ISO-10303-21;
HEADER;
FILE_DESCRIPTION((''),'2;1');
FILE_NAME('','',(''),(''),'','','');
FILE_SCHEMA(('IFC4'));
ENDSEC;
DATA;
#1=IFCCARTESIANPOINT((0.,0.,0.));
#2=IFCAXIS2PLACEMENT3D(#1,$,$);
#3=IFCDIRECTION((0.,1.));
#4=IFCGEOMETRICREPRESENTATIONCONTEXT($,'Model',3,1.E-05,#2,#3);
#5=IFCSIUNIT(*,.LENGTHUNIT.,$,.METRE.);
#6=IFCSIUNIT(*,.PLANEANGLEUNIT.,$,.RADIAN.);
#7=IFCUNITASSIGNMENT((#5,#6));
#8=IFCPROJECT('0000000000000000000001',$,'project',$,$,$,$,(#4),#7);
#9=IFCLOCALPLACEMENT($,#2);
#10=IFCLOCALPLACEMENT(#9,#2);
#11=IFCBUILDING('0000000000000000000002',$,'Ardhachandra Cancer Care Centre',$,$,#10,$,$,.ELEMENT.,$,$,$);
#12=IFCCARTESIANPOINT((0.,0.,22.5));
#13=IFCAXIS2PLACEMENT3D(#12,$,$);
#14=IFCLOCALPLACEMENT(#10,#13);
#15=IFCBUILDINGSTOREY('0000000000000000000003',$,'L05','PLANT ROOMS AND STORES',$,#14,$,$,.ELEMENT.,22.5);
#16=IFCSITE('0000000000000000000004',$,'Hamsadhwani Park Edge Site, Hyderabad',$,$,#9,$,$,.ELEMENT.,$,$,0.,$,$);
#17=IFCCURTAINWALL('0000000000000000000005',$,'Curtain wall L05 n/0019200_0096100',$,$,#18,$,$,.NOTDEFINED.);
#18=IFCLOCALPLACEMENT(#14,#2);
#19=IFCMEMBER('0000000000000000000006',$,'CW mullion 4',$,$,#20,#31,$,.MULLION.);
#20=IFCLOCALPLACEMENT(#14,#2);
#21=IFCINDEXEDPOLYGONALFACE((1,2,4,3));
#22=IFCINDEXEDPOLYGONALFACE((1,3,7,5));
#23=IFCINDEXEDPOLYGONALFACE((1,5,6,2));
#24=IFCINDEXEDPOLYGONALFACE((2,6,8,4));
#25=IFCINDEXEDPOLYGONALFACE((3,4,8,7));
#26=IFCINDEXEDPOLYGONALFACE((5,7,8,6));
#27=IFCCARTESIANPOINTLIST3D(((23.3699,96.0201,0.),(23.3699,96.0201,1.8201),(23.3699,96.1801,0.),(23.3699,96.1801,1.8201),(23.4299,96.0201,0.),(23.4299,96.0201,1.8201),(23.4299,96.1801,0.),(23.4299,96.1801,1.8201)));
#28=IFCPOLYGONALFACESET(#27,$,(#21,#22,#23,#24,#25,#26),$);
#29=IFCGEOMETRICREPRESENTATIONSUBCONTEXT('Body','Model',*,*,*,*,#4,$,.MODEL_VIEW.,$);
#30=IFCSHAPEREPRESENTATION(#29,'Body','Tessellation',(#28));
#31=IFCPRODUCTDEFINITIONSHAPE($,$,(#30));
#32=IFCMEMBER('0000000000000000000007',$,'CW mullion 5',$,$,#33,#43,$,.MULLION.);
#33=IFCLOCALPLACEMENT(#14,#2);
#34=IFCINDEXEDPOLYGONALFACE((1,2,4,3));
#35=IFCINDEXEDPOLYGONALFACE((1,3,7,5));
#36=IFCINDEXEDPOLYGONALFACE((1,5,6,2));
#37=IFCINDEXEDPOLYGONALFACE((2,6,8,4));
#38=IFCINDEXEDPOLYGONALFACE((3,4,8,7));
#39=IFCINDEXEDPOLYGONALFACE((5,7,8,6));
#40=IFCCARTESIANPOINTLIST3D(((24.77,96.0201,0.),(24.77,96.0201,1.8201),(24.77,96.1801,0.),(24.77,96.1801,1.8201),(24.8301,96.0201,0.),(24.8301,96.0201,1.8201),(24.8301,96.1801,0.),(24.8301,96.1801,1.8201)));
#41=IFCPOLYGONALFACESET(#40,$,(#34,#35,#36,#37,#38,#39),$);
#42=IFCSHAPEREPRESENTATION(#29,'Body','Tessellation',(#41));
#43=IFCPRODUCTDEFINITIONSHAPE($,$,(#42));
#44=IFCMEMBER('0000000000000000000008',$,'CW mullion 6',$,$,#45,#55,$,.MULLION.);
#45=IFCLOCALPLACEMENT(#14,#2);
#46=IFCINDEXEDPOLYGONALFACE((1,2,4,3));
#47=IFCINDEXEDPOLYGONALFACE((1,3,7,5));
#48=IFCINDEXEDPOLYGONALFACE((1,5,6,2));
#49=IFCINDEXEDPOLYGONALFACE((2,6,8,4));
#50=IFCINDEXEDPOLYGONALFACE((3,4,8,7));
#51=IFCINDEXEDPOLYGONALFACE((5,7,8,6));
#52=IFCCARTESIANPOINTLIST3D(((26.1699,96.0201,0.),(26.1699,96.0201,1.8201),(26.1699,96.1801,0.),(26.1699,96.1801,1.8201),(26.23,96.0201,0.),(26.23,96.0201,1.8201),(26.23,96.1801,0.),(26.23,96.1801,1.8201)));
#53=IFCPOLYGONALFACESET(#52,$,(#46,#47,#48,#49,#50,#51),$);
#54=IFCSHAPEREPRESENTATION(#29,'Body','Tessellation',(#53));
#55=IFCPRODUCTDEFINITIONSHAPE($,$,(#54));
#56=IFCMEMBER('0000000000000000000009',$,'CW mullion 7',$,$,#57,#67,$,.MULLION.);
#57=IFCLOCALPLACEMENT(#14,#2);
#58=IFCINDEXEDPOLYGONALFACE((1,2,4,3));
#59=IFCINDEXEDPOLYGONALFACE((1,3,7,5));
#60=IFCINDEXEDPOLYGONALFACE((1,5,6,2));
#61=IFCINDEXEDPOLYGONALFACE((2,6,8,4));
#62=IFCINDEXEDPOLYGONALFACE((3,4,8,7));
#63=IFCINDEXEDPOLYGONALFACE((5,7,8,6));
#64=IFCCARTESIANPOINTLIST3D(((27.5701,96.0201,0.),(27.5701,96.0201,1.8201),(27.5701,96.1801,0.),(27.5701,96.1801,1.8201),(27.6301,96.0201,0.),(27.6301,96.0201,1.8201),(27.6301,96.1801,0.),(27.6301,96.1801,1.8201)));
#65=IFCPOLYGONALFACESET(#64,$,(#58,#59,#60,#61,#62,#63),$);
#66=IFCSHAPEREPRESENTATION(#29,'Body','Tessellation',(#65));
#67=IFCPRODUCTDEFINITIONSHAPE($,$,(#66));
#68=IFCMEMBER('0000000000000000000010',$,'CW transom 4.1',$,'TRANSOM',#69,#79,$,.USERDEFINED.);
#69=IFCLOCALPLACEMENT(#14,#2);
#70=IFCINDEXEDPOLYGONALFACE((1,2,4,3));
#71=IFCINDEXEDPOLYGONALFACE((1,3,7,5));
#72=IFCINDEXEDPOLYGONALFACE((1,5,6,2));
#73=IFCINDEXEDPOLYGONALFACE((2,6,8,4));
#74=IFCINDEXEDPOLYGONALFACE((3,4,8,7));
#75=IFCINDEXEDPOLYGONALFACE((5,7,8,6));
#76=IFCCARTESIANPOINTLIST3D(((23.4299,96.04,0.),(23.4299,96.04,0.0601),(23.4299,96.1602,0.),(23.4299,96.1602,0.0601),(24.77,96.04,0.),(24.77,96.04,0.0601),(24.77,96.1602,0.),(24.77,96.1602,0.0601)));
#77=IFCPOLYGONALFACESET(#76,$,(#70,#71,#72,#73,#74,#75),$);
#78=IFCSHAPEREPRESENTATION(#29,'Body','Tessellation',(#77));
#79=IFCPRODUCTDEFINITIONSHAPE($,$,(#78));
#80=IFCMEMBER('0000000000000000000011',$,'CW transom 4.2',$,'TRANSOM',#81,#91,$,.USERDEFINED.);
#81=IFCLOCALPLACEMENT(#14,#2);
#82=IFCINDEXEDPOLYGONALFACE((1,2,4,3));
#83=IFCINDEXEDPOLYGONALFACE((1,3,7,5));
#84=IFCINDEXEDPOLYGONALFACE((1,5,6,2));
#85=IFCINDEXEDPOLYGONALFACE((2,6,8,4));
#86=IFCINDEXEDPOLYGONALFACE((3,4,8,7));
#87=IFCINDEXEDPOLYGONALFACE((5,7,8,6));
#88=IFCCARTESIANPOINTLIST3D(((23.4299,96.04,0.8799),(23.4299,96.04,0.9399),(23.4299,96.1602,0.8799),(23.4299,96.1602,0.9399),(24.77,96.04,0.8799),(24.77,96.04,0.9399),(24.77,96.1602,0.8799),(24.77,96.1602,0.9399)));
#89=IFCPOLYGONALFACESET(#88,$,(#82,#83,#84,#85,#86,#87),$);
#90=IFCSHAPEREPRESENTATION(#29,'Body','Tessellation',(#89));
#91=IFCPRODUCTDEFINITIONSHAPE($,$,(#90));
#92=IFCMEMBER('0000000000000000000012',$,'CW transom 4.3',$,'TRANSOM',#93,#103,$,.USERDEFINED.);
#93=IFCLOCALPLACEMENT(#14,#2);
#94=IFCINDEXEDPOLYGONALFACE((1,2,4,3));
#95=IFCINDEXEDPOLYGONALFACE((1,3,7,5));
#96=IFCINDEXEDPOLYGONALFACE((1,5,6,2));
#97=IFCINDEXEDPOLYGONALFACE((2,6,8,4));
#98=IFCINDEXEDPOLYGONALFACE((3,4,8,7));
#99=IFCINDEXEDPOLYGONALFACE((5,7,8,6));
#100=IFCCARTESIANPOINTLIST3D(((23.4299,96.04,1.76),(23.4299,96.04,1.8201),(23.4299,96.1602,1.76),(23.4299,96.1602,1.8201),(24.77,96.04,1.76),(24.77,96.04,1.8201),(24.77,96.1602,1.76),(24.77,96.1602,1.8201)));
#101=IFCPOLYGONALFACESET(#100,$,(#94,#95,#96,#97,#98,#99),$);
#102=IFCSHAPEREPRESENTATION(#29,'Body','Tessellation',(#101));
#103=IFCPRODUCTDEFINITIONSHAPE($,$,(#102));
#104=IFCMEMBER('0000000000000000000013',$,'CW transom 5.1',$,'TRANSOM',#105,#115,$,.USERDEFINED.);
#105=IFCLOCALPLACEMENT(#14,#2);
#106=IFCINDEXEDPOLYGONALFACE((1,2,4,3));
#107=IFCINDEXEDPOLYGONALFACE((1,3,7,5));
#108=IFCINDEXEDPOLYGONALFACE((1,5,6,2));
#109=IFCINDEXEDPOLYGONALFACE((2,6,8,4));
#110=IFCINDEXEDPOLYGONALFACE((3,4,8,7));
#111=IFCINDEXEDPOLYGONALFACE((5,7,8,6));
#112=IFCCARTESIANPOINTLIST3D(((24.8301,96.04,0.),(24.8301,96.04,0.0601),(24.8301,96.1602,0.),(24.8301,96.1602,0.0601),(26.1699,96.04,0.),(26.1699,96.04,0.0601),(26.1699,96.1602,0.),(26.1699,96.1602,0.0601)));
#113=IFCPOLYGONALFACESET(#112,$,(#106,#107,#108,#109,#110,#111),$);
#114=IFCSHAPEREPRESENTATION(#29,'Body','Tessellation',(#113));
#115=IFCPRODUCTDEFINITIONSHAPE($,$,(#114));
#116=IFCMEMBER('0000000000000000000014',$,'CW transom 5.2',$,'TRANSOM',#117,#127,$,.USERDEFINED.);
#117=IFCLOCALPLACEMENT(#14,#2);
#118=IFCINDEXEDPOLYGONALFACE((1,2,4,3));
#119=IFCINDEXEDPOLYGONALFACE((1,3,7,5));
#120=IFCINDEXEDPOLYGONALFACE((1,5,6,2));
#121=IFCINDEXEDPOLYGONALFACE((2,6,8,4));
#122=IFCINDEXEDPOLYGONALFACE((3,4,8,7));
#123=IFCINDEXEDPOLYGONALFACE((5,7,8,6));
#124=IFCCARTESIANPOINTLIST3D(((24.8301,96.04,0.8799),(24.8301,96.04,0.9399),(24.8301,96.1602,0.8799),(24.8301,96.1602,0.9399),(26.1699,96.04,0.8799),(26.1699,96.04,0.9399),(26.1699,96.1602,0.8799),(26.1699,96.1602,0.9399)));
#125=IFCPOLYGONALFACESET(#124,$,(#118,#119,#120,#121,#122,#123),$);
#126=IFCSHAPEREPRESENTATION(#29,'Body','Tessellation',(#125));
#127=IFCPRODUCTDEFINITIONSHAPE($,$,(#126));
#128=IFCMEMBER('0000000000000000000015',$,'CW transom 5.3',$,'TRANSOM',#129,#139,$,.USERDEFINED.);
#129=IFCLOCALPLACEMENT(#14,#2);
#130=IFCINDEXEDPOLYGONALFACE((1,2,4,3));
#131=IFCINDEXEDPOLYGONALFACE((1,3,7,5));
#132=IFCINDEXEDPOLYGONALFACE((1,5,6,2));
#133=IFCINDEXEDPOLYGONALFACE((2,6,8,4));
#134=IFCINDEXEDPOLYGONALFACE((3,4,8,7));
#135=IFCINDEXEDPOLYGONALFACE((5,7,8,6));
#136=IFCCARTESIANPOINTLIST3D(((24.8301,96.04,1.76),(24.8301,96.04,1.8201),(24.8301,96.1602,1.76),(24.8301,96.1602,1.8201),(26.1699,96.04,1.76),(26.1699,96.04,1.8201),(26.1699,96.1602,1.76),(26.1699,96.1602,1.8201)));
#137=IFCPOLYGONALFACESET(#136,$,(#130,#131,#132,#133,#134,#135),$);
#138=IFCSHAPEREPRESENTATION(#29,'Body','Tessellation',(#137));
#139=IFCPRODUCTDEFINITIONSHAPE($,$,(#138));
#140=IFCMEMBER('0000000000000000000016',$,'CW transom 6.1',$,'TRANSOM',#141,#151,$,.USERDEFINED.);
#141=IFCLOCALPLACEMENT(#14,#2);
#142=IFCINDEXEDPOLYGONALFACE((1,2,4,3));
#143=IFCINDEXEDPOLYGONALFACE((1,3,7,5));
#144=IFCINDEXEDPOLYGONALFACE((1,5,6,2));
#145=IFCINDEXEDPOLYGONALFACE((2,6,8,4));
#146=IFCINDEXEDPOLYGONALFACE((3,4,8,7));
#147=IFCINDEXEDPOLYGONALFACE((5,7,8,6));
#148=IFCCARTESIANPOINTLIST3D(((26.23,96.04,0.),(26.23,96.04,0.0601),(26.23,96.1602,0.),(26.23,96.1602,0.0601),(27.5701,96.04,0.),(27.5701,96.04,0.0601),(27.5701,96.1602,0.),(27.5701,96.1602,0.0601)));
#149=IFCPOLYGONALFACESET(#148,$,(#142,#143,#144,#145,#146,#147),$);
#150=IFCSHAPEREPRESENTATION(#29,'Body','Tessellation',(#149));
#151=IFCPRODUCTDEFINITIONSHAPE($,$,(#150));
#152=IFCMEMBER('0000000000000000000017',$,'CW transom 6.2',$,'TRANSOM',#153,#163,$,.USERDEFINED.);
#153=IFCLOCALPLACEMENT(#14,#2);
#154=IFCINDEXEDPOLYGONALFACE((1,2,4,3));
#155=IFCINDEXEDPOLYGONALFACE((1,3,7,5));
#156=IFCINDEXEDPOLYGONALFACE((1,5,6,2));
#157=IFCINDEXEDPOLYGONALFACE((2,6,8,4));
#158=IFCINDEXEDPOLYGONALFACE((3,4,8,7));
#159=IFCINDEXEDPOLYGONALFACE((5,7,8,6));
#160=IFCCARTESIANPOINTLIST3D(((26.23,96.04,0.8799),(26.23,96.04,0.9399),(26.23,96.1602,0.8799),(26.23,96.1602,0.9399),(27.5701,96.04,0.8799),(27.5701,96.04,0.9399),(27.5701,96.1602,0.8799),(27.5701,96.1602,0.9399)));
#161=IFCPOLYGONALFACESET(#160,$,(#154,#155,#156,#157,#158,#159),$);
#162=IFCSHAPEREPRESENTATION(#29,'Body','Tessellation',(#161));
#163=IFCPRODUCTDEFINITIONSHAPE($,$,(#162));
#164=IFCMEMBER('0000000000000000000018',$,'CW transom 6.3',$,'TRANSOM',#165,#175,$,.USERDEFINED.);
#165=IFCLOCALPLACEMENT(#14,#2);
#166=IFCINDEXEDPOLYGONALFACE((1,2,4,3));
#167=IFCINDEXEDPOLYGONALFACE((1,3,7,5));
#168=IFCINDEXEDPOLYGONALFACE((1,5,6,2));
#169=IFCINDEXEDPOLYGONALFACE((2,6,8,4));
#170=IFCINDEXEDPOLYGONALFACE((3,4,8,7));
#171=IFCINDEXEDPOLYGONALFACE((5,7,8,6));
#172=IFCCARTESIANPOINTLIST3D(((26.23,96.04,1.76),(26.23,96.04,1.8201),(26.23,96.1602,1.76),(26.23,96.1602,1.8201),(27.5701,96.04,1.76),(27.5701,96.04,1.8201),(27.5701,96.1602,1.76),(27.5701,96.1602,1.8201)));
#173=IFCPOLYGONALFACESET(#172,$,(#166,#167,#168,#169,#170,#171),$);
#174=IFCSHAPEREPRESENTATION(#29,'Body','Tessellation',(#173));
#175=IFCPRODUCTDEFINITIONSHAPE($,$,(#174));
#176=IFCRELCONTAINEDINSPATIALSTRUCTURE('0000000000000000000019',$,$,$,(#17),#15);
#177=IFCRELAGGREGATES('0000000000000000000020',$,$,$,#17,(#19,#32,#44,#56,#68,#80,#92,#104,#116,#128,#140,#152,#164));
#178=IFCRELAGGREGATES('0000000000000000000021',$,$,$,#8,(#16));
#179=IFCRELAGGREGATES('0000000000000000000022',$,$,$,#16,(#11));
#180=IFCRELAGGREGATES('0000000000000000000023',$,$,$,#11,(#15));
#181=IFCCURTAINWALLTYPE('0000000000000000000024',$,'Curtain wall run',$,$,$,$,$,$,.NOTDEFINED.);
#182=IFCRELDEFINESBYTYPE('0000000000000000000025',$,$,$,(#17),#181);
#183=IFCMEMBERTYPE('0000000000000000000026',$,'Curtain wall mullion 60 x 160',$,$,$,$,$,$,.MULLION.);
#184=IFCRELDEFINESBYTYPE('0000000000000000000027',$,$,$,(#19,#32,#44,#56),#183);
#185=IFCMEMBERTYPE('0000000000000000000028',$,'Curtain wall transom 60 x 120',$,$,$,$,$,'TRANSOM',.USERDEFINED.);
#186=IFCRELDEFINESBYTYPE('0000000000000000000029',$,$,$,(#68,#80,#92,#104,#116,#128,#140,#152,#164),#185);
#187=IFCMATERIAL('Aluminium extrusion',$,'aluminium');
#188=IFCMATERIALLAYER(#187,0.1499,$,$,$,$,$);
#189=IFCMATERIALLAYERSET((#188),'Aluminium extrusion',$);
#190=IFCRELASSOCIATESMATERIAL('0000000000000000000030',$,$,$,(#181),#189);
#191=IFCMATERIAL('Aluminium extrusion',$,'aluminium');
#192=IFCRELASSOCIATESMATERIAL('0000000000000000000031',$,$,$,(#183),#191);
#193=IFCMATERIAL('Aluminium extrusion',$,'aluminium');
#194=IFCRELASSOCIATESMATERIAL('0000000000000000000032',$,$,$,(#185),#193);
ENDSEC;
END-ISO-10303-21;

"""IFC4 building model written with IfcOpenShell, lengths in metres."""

from ifc_helpers import new_model, si_unit, direction, frame, origin, origin_2d, place, context, subcontext, project, spatial, rectangle, extrude, material, layer, layer_set, material_profile, profile_set, type_object, element, aggregate, save


model = new_model("IFC4")

# Units and contexts
model_context = context("Model", 3, precision=1e-05, world=origin(), true_north=direction((0.0, 1.0)))
body_context = subcontext(model_context, "Body", "Model", "MODEL_VIEW")
ifc_project = project(units=[si_unit("LENGTHUNIT", "METRE"), si_unit("PLANEANGLEUNIT", "RADIAN")], contexts=[model_context])

# Site, building, storey
site_placement = place(None, origin())
site = spatial("IfcSite", under=ifc_project, at=site_placement, Name="Hamsadhwani Park Edge Site, Hyderabad", CompositionType="ELEMENT", RefElevation=0.0)
building_placement = place(site_placement, origin())
building = spatial("IfcBuilding", under=site, at=building_placement, Name="Ardhachandra Cancer Care Centre", CompositionType="ELEMENT")
storey_placement = place(building_placement, frame((0.0, 0.0, 22.5)))
storey = spatial("IfcBuildingStorey", under=building, at=storey_placement, Name="L05", Description="PLANT ROOMS AND STORES", CompositionType="ELEMENT", Elevation=22.5)

# Curtain wall, members
ifc_material_1 = material(Name="Aluminium extrusion", Category="aluminium")
ifc_layer_1 = layer(ifc_material_1, 0.1499)
ifc_layer_set_1 = layer_set([ifc_layer_1], Name="Aluminium extrusion")
curtain_wall_type = type_object("IfcCurtainWallType", Name="Curtain wall run", PredefinedType="NOTDEFINED", material=ifc_layer_set_1)
curtain_wall_placement = place(storey_placement, origin())
curtain_wall = element("IfcCurtainWall", 1, at=curtain_wall_placement, inside=storey, type_object=curtain_wall_type, Name="Curtain wall L05 n/0019200_0096100", PredefinedType="NOTDEFINED")
ifc_material_2 = material(Name="Aluminium extrusion", Category="aluminium")
ifc_material_profile_1 = material_profile(ifc_material_2, rectangle(XDim=0.1599, YDim=0.0601, at=origin_2d()), Name="Curtain wall mullion 60 x 160")
ifc_profile_set_1 = profile_set([ifc_material_profile_1], Name="Aluminium extrusion")
member_type_1 = type_object("IfcMemberType", Name="Curtain wall mullion 60 x 160", PredefinedType="MULLION", material=ifc_profile_set_1)
member_1_placement = place(storey_placement, frame((23.3999, 96.1001, 0.0), z_axis=(0.0, 0.0, 1.0), x_axis=(0.0, 1.0, 0.0)))
member_1 = element("IfcMember", 2, at=member_1_placement, type_object=member_type_1, Name="CW mullion 4", PredefinedType="MULLION", context=body_context, shape_type="SweptSolid", body=[
    extrude(rectangle(XDim=0.1599, YDim=0.0601, at=origin_2d()), origin(), (0.0, 0.0, 1.0), 1.8201),
])
member_2_placement = place(storey_placement, frame((24.8, 96.1001, 0.0), z_axis=(0.0, 0.0, 1.0), x_axis=(0.0, 1.0, 0.0)))
member_2 = element("IfcMember", 3, at=member_2_placement, type_object=member_type_1, Name="CW mullion 5", PredefinedType="MULLION", context=body_context, shape_type="SweptSolid", body=[
    extrude(rectangle(XDim=0.1599, YDim=0.0601, at=origin_2d()), origin(), (0.0, 0.0, 1.0), 1.8201),
])
member_3_placement = place(storey_placement, frame((26.2, 96.1001, 0.0), z_axis=(0.0, 0.0, 1.0), x_axis=(0.0, 1.0, 0.0)))
member_3 = element("IfcMember", 4, at=member_3_placement, type_object=member_type_1, Name="CW mullion 6", PredefinedType="MULLION", context=body_context, shape_type="SweptSolid", body=[
    extrude(rectangle(XDim=0.1599, YDim=0.0601, at=origin_2d()), origin(), (0.0, 0.0, 1.0), 1.8201),
])
member_4_placement = place(storey_placement, frame((27.6001, 96.1001, 0.0), z_axis=(0.0, 0.0, 1.0), x_axis=(0.0, 1.0, 0.0)))
member_4 = element("IfcMember", 5, at=member_4_placement, type_object=member_type_1, Name="CW mullion 7", PredefinedType="MULLION", context=body_context, shape_type="SweptSolid", body=[
    extrude(rectangle(XDim=0.1599, YDim=0.0601, at=origin_2d()), origin(), (0.0, 0.0, 1.0), 1.8201),
])
ifc_material_3 = material(Name="Aluminium extrusion", Category="aluminium")
ifc_material_profile_2 = material_profile(ifc_material_3, rectangle(XDim=0.1201, YDim=0.0601, at=origin_2d()), Name="Curtain wall transom 60 x 120")
ifc_profile_set_2 = profile_set([ifc_material_profile_2], Name="Aluminium extrusion")
member_type_2 = type_object("IfcMemberType", Name="Curtain wall transom 60 x 120", ElementType="TRANSOM", PredefinedType="USERDEFINED", material=ifc_profile_set_2)
member_5_placement = place(storey_placement, frame((23.4299, 96.1001, 0.03), z_axis=(1.0, 0.0, 0.0), x_axis=(0.0, 1.0, 0.0)))
member_5 = element("IfcMember", 6, at=member_5_placement, type_object=member_type_2, Name="CW transom 4.1", ObjectType="TRANSOM", PredefinedType="USERDEFINED", context=body_context, shape_type="SweptSolid", body=[
    extrude(rectangle(XDim=0.1201, YDim=0.0601, at=origin_2d()), origin(), (0.0, 0.0, 1.0), 1.3401),
])
member_6_placement = place(storey_placement, frame((23.4299, 96.1001, 0.9099), z_axis=(1.0, 0.0, 0.0), x_axis=(0.0, 1.0, 0.0)))
member_6 = element("IfcMember", 7, at=member_6_placement, type_object=member_type_2, Name="CW transom 4.2", ObjectType="TRANSOM", PredefinedType="USERDEFINED", context=body_context, shape_type="SweptSolid", body=[
    extrude(rectangle(XDim=0.1201, YDim=0.0601, at=origin_2d()), origin(), (0.0, 0.0, 1.0), 1.3401),
])
member_7_placement = place(storey_placement, frame((23.4299, 96.1001, 1.79), z_axis=(1.0, 0.0, 0.0), x_axis=(0.0, 1.0, 0.0)))
member_7 = element("IfcMember", 8, at=member_7_placement, type_object=member_type_2, Name="CW transom 4.3", ObjectType="TRANSOM", PredefinedType="USERDEFINED", context=body_context, shape_type="SweptSolid", body=[
    extrude(rectangle(XDim=0.1201, YDim=0.0601, at=origin_2d()), origin(), (0.0, 0.0, 1.0), 1.3401),
])
member_8_placement = place(storey_placement, frame((24.8301, 96.1001, 0.03), z_axis=(1.0, 0.0, 0.0), x_axis=(0.0, 1.0, 0.0)))
member_8 = element("IfcMember", 9, at=member_8_placement, type_object=member_type_2, Name="CW transom 5.1", ObjectType="TRANSOM", PredefinedType="USERDEFINED", context=body_context, shape_type="SweptSolid", body=[
    extrude(rectangle(XDim=0.1201, YDim=0.0601, at=origin_2d()), origin(), (0.0, 0.0, 1.0), 1.3398),
])
member_9_placement = place(storey_placement, frame((24.8301, 96.1001, 0.9099), z_axis=(1.0, 0.0, 0.0), x_axis=(0.0, 1.0, 0.0)))
member_9 = element("IfcMember", 10, at=member_9_placement, type_object=member_type_2, Name="CW transom 5.2", ObjectType="TRANSOM", PredefinedType="USERDEFINED", context=body_context, shape_type="SweptSolid", body=[
    extrude(rectangle(XDim=0.1201, YDim=0.0601, at=origin_2d()), origin(), (0.0, 0.0, 1.0), 1.3398),
])
member_10_placement = place(storey_placement, frame((24.8301, 96.1001, 1.79), z_axis=(1.0, 0.0, 0.0), x_axis=(0.0, 1.0, 0.0)))
member_10 = element("IfcMember", 11, at=member_10_placement, type_object=member_type_2, Name="CW transom 5.3", ObjectType="TRANSOM", PredefinedType="USERDEFINED", context=body_context, shape_type="SweptSolid", body=[
    extrude(rectangle(XDim=0.1201, YDim=0.0601, at=origin_2d()), origin(), (0.0, 0.0, 1.0), 1.3398),
])
member_11_placement = place(storey_placement, frame((26.23, 96.1001, 0.03), z_axis=(1.0, 0.0, 0.0), x_axis=(0.0, 1.0, 0.0)))
member_11 = element("IfcMember", 12, at=member_11_placement, type_object=member_type_2, Name="CW transom 6.1", ObjectType="TRANSOM", PredefinedType="USERDEFINED", context=body_context, shape_type="SweptSolid", body=[
    extrude(rectangle(XDim=0.1201, YDim=0.0601, at=origin_2d()), origin(), (0.0, 0.0, 1.0), 1.3401),
])
member_12_placement = place(storey_placement, frame((26.23, 96.1001, 0.9099), z_axis=(1.0, 0.0, 0.0), x_axis=(0.0, 1.0, 0.0)))
member_12 = element("IfcMember", 13, at=member_12_placement, type_object=member_type_2, Name="CW transom 6.2", ObjectType="TRANSOM", PredefinedType="USERDEFINED", context=body_context, shape_type="SweptSolid", body=[
    extrude(rectangle(XDim=0.1201, YDim=0.0601, at=origin_2d()), origin(), (0.0, 0.0, 1.0), 1.3401),
])
member_13_placement = place(storey_placement, frame((26.23, 96.1001, 1.79), z_axis=(1.0, 0.0, 0.0), x_axis=(0.0, 1.0, 0.0)))
member_13 = element("IfcMember", 14, at=member_13_placement, type_object=member_type_2, Name="CW transom 6.3", ObjectType="TRANSOM", PredefinedType="USERDEFINED", context=body_context, shape_type="SweptSolid", body=[
    extrude(rectangle(XDim=0.1201, YDim=0.0601, at=origin_2d()), origin(), (0.0, 0.0, 1.0), 1.3401),
])

aggregate(curtain_wall, [member_1, member_2, member_3, member_4, member_5, member_6, member_7, member_8, member_9, member_10, member_11, member_12, member_13])

save(model, "model.ifc")
